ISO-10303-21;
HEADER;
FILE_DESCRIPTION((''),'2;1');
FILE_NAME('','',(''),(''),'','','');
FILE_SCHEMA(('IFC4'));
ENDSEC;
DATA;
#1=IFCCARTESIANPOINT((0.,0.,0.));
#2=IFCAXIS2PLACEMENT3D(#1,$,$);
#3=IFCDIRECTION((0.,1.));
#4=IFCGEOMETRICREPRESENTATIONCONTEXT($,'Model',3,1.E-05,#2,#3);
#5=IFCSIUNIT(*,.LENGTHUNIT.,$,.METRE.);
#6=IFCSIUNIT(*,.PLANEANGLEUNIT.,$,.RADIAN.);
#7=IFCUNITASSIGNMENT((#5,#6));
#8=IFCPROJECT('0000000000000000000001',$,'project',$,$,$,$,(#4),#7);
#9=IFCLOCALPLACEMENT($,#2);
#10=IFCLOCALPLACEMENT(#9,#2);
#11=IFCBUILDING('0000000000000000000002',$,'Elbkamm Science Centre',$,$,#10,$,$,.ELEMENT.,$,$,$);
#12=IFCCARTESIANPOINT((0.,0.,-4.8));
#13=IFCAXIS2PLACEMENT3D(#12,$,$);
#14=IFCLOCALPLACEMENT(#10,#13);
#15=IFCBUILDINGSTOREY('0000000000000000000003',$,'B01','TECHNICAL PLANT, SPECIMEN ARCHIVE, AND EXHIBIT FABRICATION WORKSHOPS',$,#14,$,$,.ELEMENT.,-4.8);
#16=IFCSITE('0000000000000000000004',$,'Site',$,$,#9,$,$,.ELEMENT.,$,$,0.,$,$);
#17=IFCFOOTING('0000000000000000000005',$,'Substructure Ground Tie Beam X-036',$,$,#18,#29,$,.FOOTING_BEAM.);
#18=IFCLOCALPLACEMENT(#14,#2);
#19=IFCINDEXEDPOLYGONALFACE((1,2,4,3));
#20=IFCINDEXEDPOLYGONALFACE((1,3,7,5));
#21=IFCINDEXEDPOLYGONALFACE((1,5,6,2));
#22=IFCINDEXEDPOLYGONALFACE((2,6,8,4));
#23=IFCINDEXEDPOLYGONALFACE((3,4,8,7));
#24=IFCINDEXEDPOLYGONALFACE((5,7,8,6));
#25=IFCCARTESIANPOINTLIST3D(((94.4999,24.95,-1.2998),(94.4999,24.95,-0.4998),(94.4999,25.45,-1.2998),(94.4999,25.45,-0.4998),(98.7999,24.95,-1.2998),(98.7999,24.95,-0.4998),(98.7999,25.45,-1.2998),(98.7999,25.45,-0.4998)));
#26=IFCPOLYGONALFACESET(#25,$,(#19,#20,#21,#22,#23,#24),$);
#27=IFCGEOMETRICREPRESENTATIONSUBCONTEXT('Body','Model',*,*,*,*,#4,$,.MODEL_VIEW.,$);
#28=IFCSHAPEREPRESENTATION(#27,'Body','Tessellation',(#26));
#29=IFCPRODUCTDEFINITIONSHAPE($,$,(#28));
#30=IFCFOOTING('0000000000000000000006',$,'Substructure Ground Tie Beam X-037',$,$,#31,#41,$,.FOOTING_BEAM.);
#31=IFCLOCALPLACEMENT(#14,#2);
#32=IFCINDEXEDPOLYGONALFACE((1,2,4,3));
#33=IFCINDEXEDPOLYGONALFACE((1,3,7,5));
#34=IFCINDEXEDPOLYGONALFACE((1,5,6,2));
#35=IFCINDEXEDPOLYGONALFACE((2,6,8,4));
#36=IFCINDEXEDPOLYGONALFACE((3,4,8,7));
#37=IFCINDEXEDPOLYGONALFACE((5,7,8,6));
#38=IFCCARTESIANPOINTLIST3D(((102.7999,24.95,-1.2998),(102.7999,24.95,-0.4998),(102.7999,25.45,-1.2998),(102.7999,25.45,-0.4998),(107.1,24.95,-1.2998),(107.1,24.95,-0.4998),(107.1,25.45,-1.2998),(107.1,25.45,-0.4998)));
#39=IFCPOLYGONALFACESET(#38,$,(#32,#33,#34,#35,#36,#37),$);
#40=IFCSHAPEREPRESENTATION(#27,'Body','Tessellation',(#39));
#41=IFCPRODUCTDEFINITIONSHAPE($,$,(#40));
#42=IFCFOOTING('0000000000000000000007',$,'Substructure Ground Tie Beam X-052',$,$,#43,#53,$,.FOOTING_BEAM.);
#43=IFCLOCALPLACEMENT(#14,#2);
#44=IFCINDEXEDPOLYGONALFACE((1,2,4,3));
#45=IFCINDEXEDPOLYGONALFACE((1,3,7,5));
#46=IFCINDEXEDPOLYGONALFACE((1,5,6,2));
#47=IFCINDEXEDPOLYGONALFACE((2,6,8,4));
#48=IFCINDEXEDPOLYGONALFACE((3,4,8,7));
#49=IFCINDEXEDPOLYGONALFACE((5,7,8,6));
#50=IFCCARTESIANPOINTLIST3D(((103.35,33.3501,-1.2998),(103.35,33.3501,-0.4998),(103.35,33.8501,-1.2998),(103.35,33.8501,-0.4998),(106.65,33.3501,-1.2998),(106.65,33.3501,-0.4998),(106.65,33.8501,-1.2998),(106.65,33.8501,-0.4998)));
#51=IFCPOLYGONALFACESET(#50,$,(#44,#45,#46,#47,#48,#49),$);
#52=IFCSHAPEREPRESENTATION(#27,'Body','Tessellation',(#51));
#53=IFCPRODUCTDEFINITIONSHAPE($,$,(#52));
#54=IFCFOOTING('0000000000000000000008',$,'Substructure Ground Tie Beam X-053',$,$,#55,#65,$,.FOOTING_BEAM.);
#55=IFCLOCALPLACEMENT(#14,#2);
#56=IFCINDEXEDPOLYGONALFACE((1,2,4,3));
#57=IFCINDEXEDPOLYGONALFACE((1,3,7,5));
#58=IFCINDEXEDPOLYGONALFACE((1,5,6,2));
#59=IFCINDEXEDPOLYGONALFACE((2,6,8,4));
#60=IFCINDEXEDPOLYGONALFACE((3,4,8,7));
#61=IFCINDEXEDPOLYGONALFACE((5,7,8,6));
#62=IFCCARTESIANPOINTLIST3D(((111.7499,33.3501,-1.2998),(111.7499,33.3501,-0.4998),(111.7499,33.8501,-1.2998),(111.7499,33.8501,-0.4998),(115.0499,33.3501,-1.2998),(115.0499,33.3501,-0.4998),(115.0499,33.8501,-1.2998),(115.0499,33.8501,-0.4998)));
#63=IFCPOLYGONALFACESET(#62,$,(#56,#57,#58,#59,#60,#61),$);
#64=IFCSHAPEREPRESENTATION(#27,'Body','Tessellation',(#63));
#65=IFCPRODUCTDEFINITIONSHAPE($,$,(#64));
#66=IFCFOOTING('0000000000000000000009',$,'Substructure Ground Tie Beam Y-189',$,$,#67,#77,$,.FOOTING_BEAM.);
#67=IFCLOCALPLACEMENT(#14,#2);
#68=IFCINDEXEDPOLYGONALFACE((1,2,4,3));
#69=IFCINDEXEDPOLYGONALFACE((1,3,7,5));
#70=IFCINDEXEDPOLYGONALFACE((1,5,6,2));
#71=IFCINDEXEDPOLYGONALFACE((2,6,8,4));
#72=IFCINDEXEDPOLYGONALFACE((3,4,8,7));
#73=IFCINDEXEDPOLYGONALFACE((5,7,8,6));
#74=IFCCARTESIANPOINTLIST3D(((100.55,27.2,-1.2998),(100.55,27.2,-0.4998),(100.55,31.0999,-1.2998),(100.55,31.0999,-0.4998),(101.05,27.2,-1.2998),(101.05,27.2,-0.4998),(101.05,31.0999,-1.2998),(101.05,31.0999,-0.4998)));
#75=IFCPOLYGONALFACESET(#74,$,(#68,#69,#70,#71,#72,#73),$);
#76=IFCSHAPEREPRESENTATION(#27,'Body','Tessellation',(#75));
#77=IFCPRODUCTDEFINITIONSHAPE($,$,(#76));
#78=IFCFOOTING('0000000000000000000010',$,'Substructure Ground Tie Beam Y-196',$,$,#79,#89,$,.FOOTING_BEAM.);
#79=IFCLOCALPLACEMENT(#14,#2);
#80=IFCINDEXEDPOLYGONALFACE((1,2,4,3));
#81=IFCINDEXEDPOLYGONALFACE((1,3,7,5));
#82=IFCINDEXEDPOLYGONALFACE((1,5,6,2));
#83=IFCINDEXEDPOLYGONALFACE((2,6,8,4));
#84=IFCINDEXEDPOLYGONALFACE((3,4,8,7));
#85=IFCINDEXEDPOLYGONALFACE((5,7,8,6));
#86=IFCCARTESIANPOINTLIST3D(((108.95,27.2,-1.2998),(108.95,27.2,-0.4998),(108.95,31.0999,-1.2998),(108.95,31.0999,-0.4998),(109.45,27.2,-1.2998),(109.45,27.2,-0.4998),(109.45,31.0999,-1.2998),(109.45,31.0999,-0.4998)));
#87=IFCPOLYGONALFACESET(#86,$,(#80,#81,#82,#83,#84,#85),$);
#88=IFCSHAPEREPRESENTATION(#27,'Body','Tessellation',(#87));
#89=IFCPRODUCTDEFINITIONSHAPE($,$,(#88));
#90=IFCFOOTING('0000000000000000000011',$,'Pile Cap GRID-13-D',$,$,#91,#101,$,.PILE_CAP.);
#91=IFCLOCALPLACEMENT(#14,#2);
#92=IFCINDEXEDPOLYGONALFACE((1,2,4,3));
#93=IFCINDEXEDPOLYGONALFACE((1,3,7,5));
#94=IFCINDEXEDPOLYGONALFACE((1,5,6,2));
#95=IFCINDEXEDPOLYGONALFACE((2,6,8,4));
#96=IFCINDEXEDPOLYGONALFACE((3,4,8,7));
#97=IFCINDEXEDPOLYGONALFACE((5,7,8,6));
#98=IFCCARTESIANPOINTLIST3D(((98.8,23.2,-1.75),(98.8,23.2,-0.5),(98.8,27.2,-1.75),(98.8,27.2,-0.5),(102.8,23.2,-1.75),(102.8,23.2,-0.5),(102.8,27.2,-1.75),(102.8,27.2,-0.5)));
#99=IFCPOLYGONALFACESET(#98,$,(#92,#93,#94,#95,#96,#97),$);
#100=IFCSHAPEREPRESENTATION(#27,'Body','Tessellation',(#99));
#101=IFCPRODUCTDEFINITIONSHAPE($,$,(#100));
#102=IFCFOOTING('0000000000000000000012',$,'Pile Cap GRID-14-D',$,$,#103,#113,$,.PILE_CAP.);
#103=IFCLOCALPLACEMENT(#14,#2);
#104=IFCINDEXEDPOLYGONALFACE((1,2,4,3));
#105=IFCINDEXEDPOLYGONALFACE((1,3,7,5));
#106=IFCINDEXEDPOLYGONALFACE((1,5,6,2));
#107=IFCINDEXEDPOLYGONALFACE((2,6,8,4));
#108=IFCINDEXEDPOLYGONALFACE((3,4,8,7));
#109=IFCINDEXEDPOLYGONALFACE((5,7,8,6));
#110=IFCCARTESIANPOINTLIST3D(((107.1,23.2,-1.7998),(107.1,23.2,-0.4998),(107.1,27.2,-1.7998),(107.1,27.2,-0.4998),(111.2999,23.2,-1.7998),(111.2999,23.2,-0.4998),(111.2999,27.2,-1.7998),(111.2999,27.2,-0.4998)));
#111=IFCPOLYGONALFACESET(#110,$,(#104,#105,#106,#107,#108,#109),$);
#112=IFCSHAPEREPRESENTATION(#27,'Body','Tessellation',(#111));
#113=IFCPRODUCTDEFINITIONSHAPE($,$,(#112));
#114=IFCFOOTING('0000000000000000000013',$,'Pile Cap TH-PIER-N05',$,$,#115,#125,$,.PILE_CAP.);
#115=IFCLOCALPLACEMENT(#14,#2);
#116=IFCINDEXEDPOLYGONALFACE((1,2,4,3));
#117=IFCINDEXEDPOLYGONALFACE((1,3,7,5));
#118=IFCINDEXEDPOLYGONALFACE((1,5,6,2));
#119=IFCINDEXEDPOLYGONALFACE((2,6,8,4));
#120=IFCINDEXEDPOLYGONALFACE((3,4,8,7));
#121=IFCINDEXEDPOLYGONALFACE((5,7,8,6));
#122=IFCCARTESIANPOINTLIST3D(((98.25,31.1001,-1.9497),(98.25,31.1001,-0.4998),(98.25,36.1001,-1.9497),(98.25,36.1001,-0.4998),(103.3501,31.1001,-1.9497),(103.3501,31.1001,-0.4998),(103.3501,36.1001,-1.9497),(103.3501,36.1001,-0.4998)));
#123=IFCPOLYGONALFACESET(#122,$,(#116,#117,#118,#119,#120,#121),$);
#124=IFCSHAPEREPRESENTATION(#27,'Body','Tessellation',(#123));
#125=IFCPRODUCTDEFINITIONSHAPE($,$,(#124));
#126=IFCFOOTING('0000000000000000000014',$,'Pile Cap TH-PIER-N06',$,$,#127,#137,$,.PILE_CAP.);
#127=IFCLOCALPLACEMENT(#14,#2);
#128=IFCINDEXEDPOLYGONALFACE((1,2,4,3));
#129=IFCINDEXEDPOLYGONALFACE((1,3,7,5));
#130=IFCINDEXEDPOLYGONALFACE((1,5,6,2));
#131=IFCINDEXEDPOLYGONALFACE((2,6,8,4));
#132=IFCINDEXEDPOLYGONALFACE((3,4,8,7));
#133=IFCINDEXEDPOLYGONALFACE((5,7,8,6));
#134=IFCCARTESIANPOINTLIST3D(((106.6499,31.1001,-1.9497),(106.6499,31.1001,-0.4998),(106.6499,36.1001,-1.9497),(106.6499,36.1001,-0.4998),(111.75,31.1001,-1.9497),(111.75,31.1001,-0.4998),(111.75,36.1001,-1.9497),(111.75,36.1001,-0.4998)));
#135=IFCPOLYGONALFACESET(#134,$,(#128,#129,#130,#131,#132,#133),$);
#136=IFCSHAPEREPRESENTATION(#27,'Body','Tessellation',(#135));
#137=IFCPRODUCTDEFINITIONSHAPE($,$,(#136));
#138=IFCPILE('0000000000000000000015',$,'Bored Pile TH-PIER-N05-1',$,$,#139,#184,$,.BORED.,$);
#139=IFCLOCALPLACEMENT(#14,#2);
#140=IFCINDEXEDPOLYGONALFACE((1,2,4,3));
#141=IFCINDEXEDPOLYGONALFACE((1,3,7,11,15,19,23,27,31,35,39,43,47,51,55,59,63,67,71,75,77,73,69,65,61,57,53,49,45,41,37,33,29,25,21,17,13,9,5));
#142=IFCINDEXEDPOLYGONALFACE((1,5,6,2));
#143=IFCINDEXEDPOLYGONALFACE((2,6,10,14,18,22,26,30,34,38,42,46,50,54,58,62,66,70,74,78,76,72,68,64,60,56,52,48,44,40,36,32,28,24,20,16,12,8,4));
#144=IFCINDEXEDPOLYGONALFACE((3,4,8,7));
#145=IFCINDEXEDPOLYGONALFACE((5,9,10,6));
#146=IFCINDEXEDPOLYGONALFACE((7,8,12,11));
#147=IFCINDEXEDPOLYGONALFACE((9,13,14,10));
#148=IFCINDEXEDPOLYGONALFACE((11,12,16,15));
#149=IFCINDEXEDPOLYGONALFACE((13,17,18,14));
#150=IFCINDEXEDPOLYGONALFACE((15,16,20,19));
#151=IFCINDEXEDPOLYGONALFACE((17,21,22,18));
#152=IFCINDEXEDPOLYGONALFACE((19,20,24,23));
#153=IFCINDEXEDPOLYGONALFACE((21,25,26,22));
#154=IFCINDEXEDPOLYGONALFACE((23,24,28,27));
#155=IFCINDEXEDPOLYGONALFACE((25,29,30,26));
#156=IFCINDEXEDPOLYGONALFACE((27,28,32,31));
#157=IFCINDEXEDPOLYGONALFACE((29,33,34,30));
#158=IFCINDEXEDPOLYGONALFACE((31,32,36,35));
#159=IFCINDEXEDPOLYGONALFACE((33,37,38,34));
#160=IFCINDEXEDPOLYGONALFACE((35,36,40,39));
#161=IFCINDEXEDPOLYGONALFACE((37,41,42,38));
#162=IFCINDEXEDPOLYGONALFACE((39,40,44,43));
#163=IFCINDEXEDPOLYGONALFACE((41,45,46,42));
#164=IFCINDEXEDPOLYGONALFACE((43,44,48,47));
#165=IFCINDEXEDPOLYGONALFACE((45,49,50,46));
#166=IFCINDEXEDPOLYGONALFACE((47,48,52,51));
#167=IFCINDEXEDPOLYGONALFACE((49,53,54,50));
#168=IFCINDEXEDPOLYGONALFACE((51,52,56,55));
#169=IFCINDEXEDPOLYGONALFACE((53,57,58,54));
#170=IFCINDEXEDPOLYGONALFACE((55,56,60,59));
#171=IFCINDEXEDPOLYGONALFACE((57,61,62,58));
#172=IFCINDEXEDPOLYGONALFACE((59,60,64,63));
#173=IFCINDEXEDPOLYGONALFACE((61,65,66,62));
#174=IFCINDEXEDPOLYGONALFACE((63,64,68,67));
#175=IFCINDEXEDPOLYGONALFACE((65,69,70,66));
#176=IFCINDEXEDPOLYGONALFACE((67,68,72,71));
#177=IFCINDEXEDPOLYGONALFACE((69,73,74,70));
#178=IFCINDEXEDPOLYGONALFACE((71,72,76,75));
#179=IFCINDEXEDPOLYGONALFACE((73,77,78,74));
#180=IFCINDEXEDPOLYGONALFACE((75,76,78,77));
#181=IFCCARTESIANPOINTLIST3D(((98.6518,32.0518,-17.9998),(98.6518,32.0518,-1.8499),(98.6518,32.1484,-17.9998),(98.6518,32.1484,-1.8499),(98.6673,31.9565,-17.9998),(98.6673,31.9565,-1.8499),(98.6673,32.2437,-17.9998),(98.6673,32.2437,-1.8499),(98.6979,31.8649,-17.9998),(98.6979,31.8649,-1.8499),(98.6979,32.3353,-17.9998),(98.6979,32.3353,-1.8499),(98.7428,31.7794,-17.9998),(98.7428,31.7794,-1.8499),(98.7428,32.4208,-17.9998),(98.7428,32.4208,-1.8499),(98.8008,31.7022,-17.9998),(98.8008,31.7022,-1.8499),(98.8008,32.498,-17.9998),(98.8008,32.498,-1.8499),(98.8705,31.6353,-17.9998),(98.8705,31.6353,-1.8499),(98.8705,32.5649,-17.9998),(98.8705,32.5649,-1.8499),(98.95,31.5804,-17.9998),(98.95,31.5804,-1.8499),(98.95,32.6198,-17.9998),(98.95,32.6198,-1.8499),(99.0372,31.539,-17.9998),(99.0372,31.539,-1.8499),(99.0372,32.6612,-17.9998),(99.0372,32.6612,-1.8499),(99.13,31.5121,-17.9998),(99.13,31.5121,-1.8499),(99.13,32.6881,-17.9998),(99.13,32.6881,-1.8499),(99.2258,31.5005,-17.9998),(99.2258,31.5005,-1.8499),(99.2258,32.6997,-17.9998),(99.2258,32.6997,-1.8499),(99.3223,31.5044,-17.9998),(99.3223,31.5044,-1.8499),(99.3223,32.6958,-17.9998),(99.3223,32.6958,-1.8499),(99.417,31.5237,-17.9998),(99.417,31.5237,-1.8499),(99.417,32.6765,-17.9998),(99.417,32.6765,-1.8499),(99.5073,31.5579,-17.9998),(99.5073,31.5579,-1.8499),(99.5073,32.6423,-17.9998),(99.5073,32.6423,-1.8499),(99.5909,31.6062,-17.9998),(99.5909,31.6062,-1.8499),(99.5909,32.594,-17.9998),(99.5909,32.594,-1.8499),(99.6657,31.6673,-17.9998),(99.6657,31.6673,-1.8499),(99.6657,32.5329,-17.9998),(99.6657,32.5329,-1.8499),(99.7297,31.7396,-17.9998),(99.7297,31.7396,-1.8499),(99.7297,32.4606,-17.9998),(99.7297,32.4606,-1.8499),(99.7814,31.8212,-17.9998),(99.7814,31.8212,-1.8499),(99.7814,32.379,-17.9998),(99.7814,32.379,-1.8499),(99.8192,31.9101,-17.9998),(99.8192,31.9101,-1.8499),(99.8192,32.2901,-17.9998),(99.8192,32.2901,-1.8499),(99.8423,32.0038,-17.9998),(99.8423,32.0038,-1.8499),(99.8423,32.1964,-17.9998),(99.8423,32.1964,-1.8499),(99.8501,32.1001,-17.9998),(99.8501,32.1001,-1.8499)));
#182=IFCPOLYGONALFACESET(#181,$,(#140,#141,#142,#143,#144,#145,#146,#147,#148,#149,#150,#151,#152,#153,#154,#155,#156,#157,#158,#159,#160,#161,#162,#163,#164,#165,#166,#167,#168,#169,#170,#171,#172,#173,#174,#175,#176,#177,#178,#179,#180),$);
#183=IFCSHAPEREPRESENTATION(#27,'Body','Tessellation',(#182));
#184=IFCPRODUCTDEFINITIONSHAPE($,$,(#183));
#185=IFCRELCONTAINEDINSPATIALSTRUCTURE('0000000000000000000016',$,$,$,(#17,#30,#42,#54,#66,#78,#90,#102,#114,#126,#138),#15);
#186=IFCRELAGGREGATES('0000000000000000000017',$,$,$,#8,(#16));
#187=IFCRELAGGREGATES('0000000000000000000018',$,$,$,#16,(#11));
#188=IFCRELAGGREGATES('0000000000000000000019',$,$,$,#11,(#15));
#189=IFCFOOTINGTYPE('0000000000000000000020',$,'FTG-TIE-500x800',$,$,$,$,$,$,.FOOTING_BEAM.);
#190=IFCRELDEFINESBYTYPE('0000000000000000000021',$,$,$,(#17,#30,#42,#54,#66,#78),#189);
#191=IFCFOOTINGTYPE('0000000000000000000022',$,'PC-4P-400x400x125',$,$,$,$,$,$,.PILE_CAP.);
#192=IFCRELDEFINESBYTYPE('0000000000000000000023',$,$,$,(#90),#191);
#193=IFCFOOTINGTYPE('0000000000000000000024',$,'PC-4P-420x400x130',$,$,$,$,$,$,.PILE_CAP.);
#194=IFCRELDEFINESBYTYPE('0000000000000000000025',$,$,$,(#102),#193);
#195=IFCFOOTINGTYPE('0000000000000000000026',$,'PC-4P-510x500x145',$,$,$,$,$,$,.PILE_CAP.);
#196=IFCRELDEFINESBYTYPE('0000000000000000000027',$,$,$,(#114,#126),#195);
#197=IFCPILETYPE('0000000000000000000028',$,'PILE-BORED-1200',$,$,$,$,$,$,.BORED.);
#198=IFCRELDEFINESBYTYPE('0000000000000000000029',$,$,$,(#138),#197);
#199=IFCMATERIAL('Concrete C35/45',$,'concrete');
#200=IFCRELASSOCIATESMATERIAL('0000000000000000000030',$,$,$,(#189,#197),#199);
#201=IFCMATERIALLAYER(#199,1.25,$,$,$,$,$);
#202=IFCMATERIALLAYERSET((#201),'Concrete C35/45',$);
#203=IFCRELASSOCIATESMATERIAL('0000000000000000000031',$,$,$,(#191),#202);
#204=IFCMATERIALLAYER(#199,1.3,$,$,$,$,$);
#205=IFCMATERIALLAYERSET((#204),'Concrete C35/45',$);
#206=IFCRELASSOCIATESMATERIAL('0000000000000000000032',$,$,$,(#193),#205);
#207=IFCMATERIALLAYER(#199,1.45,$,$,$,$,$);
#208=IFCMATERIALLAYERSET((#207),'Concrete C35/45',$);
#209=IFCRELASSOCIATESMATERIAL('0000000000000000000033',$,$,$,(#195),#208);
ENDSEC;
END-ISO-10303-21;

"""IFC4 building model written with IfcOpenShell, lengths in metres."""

from ifc_helpers import new_model, si_unit, direction, frame, origin, origin_2d, place, context, subcontext, project, spatial, rectangle, circle, extrude, material, layer, layer_set, material_profile, profile_set, type_object, element, save


model = new_model("IFC4")

# Units and contexts
model_context = context("Model", 3, precision=1e-05, world=origin(), true_north=direction((0.0, 1.0)))
body_context = subcontext(model_context, "Body", "Model", "MODEL_VIEW")
ifc_project = project(units=[si_unit("LENGTHUNIT", "METRE"), si_unit("PLANEANGLEUNIT", "RADIAN")], contexts=[model_context])

# Site, building, storey
site_placement = place(None, origin())
site = spatial("IfcSite", under=ifc_project, at=site_placement, Name="Site", CompositionType="ELEMENT", RefElevation=0.0)
building_placement = place(site_placement, origin())
building = spatial("IfcBuilding", under=site, at=building_placement, Name="Elbkamm Science Centre", CompositionType="ELEMENT")
storey_placement = place(building_placement, frame((0.0, 0.0, -4.8)))
storey = spatial("IfcBuildingStorey", under=building, at=storey_placement, Name="B01", Description="TECHNICAL PLANT, SPECIMEN ARCHIVE, AND EXHIBIT FABRICATION WORKSHOPS", CompositionType="ELEMENT", Elevation=-4.8)

# Footings
ifc_material_1 = material(Name="Concrete C35/45", Category="concrete")
footing_type_1 = type_object("IfcFootingType", Name="FTG-TIE-500x800", PredefinedType="FOOTING_BEAM", material=ifc_material_1)
for number, where, z_axis, x_axis, name in (
    (1, (96.6499, 25.2, -1.2998), (0.0, 0.0, 1.0), (1.0, 0.0, 0.0), "Substructure Ground Tie Beam X-036"),
    (2, (104.95, 25.2, -1.2998), (0.0, 0.0, 1.0), (1.0, 0.0, 0.0), "Substructure Ground Tie Beam X-037"),
):
    element("IfcFooting", number, at=place(storey_placement, frame(where, z_axis=z_axis, x_axis=x_axis)), inside=storey, type_object=footing_type_1, Name=name, PredefinedType="FOOTING_BEAM", context=body_context, shape_type="SweptSolid", body=[
        extrude(rectangle(XDim=4.3, YDim=0.5, at=origin_2d()), origin(), (0.0, 0.0, 1.0), 0.8),
    ])
for number, where, z_axis, x_axis, name in (
    (3, (105.0, 33.6001, -1.2998), (0.0, 0.0, 1.0), (1.0, 0.0, 0.0), "Substructure Ground Tie Beam X-052"),
    (4, (113.3999, 33.6001, -1.2998), (0.0, 0.0, 1.0), (1.0, 0.0, 0.0), "Substructure Ground Tie Beam X-053"),
):
    element("IfcFooting", number, at=place(storey_placement, frame(where, z_axis=z_axis, x_axis=x_axis)), inside=storey, type_object=footing_type_1, Name=name, PredefinedType="FOOTING_BEAM", context=body_context, shape_type="SweptSolid", body=[
        extrude(rectangle(XDim=3.3, YDim=0.5, at=origin_2d()), origin(), (0.0, 0.0, 1.0), 0.8),
    ])
for number, where, z_axis, x_axis, name in (
    (5, (100.8, 29.1499, -1.2998), (0.0, 0.0, 1.0), (1.0, 0.0, 0.0), "Substructure Ground Tie Beam Y-189"),
    (6, (109.2, 29.1499, -1.2998), (0.0, 0.0, 1.0), (1.0, 0.0, 0.0), "Substructure Ground Tie Beam Y-196"),
):
    element("IfcFooting", number, at=place(storey_placement, frame(where, z_axis=z_axis, x_axis=x_axis)), inside=storey, type_object=footing_type_1, Name=name, PredefinedType="FOOTING_BEAM", context=body_context, shape_type="SweptSolid", body=[
        extrude(rectangle(XDim=0.5, YDim=3.8999, at=origin_2d()), origin(), (0.0, 0.0, 1.0), 0.8),
    ])
ifc_layer_1 = layer(ifc_material_1, 1.25)
ifc_layer_set_1 = layer_set([ifc_layer_1], Name="Concrete C35/45")
footing_type_2 = type_object("IfcFootingType", Name="PC-4P-400x400x125", PredefinedType="PILE_CAP", material=ifc_layer_set_1)
footing_1_placement = place(storey_placement, frame((100.8, 25.2, -1.75), z_axis=(0.0, 0.0, 1.0), x_axis=(1.0, 0.0, 0.0)))
element("IfcFooting", 7, at=footing_1_placement, inside=storey, type_object=footing_type_2, Name="Pile Cap GRID-13-D", PredefinedType="PILE_CAP", context=body_context, shape_type="SweptSolid", body=[
    extrude(rectangle(XDim=4.0, YDim=4.0, at=origin_2d()), origin(), (0.0, 0.0, 1.0), 1.25),
])
ifc_layer_2 = layer(ifc_material_1, 1.3)
ifc_layer_set_2 = layer_set([ifc_layer_2], Name="Concrete C35/45")
footing_type_3 = type_object("IfcFootingType", Name="PC-4P-420x400x130", PredefinedType="PILE_CAP", material=ifc_layer_set_2)
footing_2_placement = place(storey_placement, frame((109.2, 25.2, -1.7998), z_axis=(0.0, 0.0, 1.0), x_axis=(1.0, 0.0, 0.0)))
element("IfcFooting", 8, at=footing_2_placement, inside=storey, type_object=footing_type_3, Name="Pile Cap GRID-14-D", PredefinedType="PILE_CAP", context=body_context, shape_type="SweptSolid", body=[
    extrude(rectangle(XDim=4.2, YDim=4.0, at=origin_2d()), origin(), (0.0, 0.0, 1.0), 1.3),
])
ifc_layer_3 = layer(ifc_material_1, 1.45)
ifc_layer_set_3 = layer_set([ifc_layer_3], Name="Concrete C35/45")
footing_type_4 = type_object("IfcFootingType", Name="PC-4P-510x500x145", PredefinedType="PILE_CAP", material=ifc_layer_set_3)
for number, where, z_axis, x_axis, name in (
    (9, (100.8, 33.6001, -1.9497), (0.0, 0.0, 1.0), (1.0, 0.0, 0.0), "Pile Cap TH-PIER-N05"),
    (10, (109.2, 33.6001, -1.9497), (0.0, 0.0, 1.0), (1.0, 0.0, 0.0), "Pile Cap TH-PIER-N06"),
):
    element("IfcFooting", number, at=place(storey_placement, frame(where, z_axis=z_axis, x_axis=x_axis)), inside=storey, type_object=footing_type_4, Name=name, PredefinedType="PILE_CAP", context=body_context, shape_type="SweptSolid", body=[
        extrude(rectangle(XDim=5.1001, YDim=5.0, at=origin_2d()), origin(), (0.0, 0.0, 1.0), 1.45),
    ])

# Pile
ifc_material_profile_1 = material_profile(ifc_material_1, circle(Radius=0.6001, at=origin_2d()), Name="PILE D1200")
ifc_profile_set_1 = profile_set([ifc_material_profile_1], Name="Concrete C35/45")
pile_type_1 = type_object("IfcPileType", Name="PILE-BORED-1200", PredefinedType="BORED", material=ifc_profile_set_1)
for number, where, z_axis, x_axis, name in (
    (11, (99.25, 32.1001, -1.8499), (0.0, 0.0, -1.0), (1.0, 0.0, 0.0), "Bored Pile TH-PIER-N05-1"),
):
    element("IfcPile", number, at=place(storey_placement, frame(where, z_axis=z_axis, x_axis=x_axis)), inside=storey, type_object=pile_type_1, Name=name, PredefinedType="BORED", context=body_context, shape_type="SweptSolid", body=[
        extrude(circle(Radius=0.6001, at=origin_2d()), origin(), (0.0, 0.0, 1.0), 16.1499),
    ])

save(model, "model.ifc")
